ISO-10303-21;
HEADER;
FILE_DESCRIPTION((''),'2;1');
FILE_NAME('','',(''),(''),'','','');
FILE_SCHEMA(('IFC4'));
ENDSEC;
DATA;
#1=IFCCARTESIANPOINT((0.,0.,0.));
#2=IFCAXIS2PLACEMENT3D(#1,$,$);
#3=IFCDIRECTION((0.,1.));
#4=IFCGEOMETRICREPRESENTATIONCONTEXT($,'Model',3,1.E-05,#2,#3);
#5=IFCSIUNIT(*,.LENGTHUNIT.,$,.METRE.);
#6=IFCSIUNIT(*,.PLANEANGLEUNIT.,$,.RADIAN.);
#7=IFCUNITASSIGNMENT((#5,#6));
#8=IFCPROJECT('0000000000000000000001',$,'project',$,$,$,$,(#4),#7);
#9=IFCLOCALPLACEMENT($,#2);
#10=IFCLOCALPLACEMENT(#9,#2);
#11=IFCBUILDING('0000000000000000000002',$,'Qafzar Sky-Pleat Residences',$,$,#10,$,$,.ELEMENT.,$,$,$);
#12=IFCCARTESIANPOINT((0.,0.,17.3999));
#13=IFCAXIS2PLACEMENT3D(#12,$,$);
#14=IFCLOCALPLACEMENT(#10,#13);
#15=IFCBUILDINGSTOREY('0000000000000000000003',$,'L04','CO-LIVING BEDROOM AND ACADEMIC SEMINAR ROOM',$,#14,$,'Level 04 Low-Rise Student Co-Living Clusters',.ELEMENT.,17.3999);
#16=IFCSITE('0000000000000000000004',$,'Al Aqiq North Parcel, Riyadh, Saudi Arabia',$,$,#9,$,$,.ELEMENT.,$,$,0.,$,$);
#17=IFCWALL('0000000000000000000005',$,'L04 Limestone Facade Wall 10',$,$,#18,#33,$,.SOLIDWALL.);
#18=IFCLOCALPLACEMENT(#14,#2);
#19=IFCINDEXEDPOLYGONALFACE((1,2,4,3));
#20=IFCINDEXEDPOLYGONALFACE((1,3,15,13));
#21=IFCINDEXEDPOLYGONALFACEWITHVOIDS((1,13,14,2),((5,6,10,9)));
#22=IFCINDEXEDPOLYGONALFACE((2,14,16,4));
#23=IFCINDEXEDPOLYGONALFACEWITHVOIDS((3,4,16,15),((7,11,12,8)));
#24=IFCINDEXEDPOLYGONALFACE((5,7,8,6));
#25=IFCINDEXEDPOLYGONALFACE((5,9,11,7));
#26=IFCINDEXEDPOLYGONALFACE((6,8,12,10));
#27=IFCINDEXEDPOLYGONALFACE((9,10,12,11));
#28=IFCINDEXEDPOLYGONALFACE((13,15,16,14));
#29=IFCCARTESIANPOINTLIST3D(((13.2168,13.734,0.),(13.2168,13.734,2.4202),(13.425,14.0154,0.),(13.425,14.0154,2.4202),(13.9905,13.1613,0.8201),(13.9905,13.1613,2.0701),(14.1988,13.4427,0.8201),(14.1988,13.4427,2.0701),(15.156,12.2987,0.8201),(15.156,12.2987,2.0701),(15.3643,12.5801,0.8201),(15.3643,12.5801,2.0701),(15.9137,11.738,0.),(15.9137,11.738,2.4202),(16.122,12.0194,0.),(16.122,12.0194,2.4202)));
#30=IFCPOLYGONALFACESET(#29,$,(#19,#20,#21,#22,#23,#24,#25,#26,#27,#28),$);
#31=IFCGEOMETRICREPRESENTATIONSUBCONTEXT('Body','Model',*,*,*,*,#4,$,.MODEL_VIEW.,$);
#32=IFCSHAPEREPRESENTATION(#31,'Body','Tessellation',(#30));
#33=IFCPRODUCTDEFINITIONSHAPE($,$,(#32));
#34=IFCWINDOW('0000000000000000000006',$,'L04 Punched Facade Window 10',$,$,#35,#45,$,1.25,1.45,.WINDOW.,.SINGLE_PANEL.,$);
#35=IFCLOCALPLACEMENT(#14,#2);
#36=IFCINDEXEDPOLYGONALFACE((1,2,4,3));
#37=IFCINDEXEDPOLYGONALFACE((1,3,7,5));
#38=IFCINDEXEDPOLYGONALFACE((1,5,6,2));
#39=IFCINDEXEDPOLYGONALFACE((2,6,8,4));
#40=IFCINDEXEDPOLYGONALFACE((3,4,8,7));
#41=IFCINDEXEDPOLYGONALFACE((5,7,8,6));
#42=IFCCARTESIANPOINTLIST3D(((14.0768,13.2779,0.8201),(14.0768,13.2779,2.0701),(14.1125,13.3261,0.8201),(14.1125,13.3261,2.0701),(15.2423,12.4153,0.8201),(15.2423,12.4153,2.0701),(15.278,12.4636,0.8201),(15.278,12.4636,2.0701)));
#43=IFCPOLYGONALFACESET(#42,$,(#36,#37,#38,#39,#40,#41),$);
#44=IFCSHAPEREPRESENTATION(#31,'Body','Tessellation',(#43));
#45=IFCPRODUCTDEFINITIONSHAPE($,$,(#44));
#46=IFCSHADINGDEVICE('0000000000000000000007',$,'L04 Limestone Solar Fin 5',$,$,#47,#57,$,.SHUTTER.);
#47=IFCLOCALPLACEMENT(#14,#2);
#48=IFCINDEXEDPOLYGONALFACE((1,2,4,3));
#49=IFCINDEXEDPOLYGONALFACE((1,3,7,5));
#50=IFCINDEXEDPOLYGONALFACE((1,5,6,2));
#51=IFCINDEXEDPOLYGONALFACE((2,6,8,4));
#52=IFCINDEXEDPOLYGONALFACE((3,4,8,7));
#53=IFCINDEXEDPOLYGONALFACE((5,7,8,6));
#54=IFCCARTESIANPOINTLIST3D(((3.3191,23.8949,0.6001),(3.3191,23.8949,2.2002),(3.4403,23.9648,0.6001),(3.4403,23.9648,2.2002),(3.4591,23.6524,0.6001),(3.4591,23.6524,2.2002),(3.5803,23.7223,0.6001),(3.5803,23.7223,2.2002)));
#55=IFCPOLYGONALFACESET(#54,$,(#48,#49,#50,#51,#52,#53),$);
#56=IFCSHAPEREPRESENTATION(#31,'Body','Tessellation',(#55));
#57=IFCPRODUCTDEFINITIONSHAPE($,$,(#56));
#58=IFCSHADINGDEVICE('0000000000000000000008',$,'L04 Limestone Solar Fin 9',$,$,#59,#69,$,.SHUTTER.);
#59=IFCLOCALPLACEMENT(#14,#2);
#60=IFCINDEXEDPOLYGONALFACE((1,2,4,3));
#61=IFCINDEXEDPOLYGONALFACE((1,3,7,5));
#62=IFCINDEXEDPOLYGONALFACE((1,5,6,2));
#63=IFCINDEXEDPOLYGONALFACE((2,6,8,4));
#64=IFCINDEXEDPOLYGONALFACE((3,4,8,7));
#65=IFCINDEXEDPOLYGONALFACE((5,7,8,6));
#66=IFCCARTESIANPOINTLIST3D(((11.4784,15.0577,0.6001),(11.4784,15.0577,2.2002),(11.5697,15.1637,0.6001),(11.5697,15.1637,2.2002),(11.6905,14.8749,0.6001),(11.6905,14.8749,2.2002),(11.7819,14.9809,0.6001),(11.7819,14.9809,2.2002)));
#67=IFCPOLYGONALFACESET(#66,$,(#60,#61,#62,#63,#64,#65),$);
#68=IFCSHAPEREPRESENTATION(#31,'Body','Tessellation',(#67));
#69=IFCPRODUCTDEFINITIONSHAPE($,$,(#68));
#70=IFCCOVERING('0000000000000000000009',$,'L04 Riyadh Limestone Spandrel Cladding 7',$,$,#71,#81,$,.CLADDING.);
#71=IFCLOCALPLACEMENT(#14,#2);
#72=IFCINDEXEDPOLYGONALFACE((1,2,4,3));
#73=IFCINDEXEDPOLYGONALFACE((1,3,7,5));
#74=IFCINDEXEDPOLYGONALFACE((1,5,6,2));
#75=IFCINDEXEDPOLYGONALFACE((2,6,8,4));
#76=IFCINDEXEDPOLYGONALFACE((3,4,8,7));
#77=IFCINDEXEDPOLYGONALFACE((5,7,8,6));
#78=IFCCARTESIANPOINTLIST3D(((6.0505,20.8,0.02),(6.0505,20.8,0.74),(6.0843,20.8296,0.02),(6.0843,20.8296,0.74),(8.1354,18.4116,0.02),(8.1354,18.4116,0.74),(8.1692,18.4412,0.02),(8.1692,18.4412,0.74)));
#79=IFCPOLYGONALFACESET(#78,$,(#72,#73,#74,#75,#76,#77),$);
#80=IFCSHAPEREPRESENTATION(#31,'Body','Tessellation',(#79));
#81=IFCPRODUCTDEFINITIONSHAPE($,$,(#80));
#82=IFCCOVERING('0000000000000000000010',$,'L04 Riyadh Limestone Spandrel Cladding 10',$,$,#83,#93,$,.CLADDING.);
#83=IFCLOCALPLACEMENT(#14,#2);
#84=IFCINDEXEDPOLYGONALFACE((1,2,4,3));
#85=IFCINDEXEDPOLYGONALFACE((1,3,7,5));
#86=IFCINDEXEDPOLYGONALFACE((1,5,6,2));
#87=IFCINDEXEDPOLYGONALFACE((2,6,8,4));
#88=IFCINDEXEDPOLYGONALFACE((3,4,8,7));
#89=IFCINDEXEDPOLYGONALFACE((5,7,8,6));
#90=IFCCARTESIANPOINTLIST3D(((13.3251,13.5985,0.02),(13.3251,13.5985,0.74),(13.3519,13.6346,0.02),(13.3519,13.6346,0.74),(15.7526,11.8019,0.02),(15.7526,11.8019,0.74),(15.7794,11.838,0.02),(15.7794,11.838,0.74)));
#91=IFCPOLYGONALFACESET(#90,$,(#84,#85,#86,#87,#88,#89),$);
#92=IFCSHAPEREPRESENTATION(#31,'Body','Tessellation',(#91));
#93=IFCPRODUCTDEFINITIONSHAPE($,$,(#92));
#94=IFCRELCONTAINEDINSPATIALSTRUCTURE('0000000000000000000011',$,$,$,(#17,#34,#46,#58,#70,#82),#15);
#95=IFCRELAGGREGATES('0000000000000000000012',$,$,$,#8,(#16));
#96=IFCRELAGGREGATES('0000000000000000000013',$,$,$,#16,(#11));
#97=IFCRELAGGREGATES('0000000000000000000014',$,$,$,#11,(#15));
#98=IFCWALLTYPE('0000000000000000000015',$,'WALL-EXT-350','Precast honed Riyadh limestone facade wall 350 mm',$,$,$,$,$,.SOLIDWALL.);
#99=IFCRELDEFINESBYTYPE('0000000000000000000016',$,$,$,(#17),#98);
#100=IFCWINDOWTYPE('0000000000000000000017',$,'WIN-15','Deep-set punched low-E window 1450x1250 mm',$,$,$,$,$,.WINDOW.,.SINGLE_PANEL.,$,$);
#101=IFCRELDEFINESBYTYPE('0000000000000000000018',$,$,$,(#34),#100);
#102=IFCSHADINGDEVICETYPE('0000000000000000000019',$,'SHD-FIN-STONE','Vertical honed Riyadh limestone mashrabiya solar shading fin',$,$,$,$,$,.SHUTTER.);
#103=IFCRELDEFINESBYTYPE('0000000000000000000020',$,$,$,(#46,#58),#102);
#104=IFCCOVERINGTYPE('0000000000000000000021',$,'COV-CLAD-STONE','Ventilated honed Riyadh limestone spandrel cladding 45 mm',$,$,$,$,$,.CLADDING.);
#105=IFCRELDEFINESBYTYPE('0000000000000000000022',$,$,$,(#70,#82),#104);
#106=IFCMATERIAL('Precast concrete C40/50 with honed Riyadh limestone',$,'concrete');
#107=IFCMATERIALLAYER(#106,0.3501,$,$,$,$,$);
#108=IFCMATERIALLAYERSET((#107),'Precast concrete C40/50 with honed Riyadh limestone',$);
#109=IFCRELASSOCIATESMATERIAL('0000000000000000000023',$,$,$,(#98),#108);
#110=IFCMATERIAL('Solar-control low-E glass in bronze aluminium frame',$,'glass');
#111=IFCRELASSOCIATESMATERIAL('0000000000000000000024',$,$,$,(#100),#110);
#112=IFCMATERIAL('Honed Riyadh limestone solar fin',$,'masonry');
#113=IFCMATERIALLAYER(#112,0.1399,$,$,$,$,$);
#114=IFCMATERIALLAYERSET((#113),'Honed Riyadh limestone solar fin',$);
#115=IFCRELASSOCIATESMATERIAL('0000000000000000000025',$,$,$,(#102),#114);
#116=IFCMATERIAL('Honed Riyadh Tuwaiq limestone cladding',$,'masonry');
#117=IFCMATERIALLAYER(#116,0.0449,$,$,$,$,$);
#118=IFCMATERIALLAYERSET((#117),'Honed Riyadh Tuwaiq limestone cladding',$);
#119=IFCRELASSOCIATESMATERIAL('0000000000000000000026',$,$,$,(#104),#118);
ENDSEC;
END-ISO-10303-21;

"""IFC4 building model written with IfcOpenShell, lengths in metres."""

from ifc_helpers import new_model, si_unit, direction, frame, frame_2d, origin, origin_2d, place, context, subcontext, project, spatial, rectangle, extrude, source, transform, mapped, material, layer, layer_set, type_object, element, fill, save


model = new_model("IFC4")

# Units and contexts
model_context = context("Model", 3, precision=1e-05, world=origin(), true_north=direction((0.0, 1.0)))
body_context = subcontext(model_context, "Body", "Model", "MODEL_VIEW")
ifc_project = project(units=[si_unit("LENGTHUNIT", "METRE"), si_unit("PLANEANGLEUNIT", "RADIAN")], contexts=[model_context])

# Site, building, storey
site_placement = place(None, origin())
site = spatial("IfcSite", under=ifc_project, at=site_placement, Name="Al Aqiq North Parcel, Riyadh, Saudi Arabia", CompositionType="ELEMENT", RefElevation=0.0)
building_placement = place(site_placement, origin())
building = spatial("IfcBuilding", under=site, at=building_placement, Name="Qafzar Sky-Pleat Residences", CompositionType="ELEMENT")
storey_placement = place(building_placement, frame((0.0, 0.0, 17.3999)))
storey = spatial("IfcBuildingStorey", under=building, at=storey_placement, Name="L04", Description="CO-LIVING BEDROOM AND ACADEMIC SEMINAR ROOM", LongName="Level 04 Low-Rise Student Co-Living Clusters", CompositionType="ELEMENT", Elevation=17.3999)

# Shared definitions
ifc_material_1 = material(Name="Precast concrete C40/50 with honed Riyadh limestone", Category="concrete")
ifc_layer_1 = layer(ifc_material_1, 0.3501)
ifc_layer_set_1 = layer_set([ifc_layer_1], Name="Precast concrete C40/50 with honed Riyadh limestone")
wall_type_1 = type_object("IfcWallType", Name="WALL-EXT-350", Description="Precast honed Riyadh limestone facade wall 350 mm", PredefinedType="SOLIDWALL", material=ifc_layer_set_1)
ifc_material_2 = material(Name="Solar-control low-E glass in bronze aluminium frame", Category="glass")
window_type_1 = type_object("IfcWindowType", Name="WIN-15", Description="Deep-set punched low-E window 1450x1250 mm", PartitioningType="SINGLE_PANEL", PredefinedType="WINDOW", material=ifc_material_2)
shared_shape_1 = source(origin(), body_context, "Body", "SweptSolid", [
    extrude(rectangle(XDim=1.45, YDim=1.25, at=frame_2d((0.7251, 0.625))), frame((0.0, 0.03, 0.0), z_axis=(0.0, -1.0, 0.0), x_axis=(1.0, 0.0, 0.0)), (0.0, 0.0, 1.0), 0.0601),
])

# Wall, opening, window
wall_1_placement = place(storey_placement, frame((13.3208, 13.8748, 0.0), z_axis=(0.0, 0.0, 1.0), x_axis=(0.803799, -0.5949, 0.0)))
wall_1 = element("IfcWall", 1, at=wall_1_placement, inside=storey, type_object=wall_type_1, Name="L04 Limestone Facade Wall 10", PredefinedType="SOLIDWALL", context=body_context, shape_type="SweptSolid", body=[
    extrude(rectangle(XDim=3.3552, YDim=0.3501, at=frame_2d((1.6777, 0.0))), origin(), (0.0, 0.0, 1.0), 2.4202),
])
opening_1_placement = place(wall_1_placement, frame((0.9626, 0.0, 0.8201)))
opening_1 = element("IfcOpeningElement", 2, at=opening_1_placement, cuts=wall_1, PredefinedType="OPENING", context=body_context, shape_type="SweptSolid", body=[
    extrude(rectangle(XDim=1.45, YDim=1.25, at=frame_2d((0.7251, 0.625))), frame((0.0, 0.1851, 0.0), z_axis=(0.0, -1.0, 0.0), x_axis=(1.0, 0.0, 0.0)), (0.0, 0.0, 1.0), 0.3701),
])
window_1_placement = place(opening_1_placement, origin())
window_1 = element("IfcWindow", 3, at=window_1_placement, inside=storey, type_object=window_type_1, Name="L04 Punched Facade Window 10", OverallHeight=1.25, OverallWidth=1.45, PartitioningType="SINGLE_PANEL", PredefinedType="WINDOW", context=body_context, shape_type="MappedRepresentation", body=[
    mapped(shared_shape_1, transform((0.0, 0.0, 0.0), x_axis=(1.0, 0.0, 0.0), y_axis=(0.0, 1.0, 0.0), z_axis=(0.0, 0.0, 1.0), scale=1.0)),
])
fill(opening_1, window_1)

# Shading devices
ifc_material_3 = material(Name="Honed Riyadh limestone solar fin", Category="masonry")
ifc_layer_2 = layer(ifc_material_3, 0.1399)
ifc_layer_set_2 = layer_set([ifc_layer_2], Name="Honed Riyadh limestone solar fin")
shading_device_type = type_object("IfcShadingDeviceType", Name="SHD-FIN-STONE", Description="Vertical honed Riyadh limestone mashrabiya solar shading fin", PredefinedType="SHUTTER", material=ifc_layer_set_2)
shared_shape_2 = source(origin(), body_context, "Body", "SweptSolid", [
    extrude(rectangle(XDim=0.1399, YDim=0.28, at=origin_2d()), origin(), (0.0, 0.0, 1.0), 1.6001),
])
for number, where, z_axis, x_axis, name in (
    (4, (3.4497, 23.8086, 0.6001), (0.0, 0.0, 1.0), (-0.866044, -0.499967, 0.0), "L04 Limestone Solar Fin 5"),
    (5, (11.6301, 15.0193, 0.6001), (0.0, 0.0, 1.0), (-0.652848, -0.757489, 0.0), "L04 Limestone Solar Fin 9"),
):
    element("IfcShadingDevice", number, at=place(storey_placement, frame(where, z_axis=z_axis, x_axis=x_axis)), inside=storey, type_object=shading_device_type, Name=name, PredefinedType="SHUTTER", context=body_context, shape_type="MappedRepresentation", body=[
        mapped(shared_shape_2, transform((0.0, 0.0, 0.0), x_axis=(1.0, 0.0, 0.0), y_axis=(0.0, 1.0, 0.0), z_axis=(0.0, 0.0, 1.0), scale=1.0)),
    ])

# Coverings
ifc_material_4 = material(Name="Honed Riyadh Tuwaiq limestone cladding", Category="masonry")
ifc_layer_3 = layer(ifc_material_4, 0.0449)
ifc_layer_set_3 = layer_set([ifc_layer_3], Name="Honed Riyadh Tuwaiq limestone cladding")
covering_type = type_object("IfcCoveringType", Name="COV-CLAD-STONE", Description="Ventilated honed Riyadh limestone spandrel cladding 45 mm", PredefinedType="CLADDING", material=ifc_layer_set_3)
shared_shape_3 = source(origin(), body_context, "Body", "SweptSolid", [
    extrude(rectangle(XDim=3.1704, YDim=0.0449, at=origin_2d()), origin(), (0.0, 0.0, 1.0), 0.72),
])
covering_1_placement = place(storey_placement, frame((7.1099, 19.6206, 0.02), z_axis=(0.0, 0.0, 1.0), x_axis=(0.657622, -0.753348, 0.0)))
element("IfcCovering", 6, at=covering_1_placement, inside=storey, type_object=covering_type, Name="L04 Riyadh Limestone Spandrel Cladding 7", PredefinedType="CLADDING", context=body_context, shape_type="MappedRepresentation", body=[
    mapped(shared_shape_3, transform((0.0, 0.0, 0.0), x_axis=(1.0, 0.0, 0.0), y_axis=(0.0, 1.0, 0.0), z_axis=(0.0, 0.0, 1.0), scale=1.0)),
])
shared_shape_4 = source(origin(), body_context, "Body", "SweptSolid", [
    extrude(rectangle(XDim=3.02, YDim=0.0449, at=origin_2d()), origin(), (0.0, 0.0, 1.0), 0.72),
])
covering_2_placement = place(storey_placement, frame((14.5522, 12.7183, 0.02), z_axis=(0.0, 0.0, 1.0), x_axis=(0.803807, -0.59489, 0.0)))
element("IfcCovering", 7, at=covering_2_placement, inside=storey, type_object=covering_type, Name="L04 Riyadh Limestone Spandrel Cladding 10", PredefinedType="CLADDING", context=body_context, shape_type="MappedRepresentation", body=[
    mapped(shared_shape_4, transform((0.0, 0.0, 0.0), x_axis=(1.0, 0.0, 0.0), y_axis=(0.0, 1.0, 0.0), z_axis=(0.0, 0.0, 1.0), scale=1.0)),
])

save(model, "model.ifc")
